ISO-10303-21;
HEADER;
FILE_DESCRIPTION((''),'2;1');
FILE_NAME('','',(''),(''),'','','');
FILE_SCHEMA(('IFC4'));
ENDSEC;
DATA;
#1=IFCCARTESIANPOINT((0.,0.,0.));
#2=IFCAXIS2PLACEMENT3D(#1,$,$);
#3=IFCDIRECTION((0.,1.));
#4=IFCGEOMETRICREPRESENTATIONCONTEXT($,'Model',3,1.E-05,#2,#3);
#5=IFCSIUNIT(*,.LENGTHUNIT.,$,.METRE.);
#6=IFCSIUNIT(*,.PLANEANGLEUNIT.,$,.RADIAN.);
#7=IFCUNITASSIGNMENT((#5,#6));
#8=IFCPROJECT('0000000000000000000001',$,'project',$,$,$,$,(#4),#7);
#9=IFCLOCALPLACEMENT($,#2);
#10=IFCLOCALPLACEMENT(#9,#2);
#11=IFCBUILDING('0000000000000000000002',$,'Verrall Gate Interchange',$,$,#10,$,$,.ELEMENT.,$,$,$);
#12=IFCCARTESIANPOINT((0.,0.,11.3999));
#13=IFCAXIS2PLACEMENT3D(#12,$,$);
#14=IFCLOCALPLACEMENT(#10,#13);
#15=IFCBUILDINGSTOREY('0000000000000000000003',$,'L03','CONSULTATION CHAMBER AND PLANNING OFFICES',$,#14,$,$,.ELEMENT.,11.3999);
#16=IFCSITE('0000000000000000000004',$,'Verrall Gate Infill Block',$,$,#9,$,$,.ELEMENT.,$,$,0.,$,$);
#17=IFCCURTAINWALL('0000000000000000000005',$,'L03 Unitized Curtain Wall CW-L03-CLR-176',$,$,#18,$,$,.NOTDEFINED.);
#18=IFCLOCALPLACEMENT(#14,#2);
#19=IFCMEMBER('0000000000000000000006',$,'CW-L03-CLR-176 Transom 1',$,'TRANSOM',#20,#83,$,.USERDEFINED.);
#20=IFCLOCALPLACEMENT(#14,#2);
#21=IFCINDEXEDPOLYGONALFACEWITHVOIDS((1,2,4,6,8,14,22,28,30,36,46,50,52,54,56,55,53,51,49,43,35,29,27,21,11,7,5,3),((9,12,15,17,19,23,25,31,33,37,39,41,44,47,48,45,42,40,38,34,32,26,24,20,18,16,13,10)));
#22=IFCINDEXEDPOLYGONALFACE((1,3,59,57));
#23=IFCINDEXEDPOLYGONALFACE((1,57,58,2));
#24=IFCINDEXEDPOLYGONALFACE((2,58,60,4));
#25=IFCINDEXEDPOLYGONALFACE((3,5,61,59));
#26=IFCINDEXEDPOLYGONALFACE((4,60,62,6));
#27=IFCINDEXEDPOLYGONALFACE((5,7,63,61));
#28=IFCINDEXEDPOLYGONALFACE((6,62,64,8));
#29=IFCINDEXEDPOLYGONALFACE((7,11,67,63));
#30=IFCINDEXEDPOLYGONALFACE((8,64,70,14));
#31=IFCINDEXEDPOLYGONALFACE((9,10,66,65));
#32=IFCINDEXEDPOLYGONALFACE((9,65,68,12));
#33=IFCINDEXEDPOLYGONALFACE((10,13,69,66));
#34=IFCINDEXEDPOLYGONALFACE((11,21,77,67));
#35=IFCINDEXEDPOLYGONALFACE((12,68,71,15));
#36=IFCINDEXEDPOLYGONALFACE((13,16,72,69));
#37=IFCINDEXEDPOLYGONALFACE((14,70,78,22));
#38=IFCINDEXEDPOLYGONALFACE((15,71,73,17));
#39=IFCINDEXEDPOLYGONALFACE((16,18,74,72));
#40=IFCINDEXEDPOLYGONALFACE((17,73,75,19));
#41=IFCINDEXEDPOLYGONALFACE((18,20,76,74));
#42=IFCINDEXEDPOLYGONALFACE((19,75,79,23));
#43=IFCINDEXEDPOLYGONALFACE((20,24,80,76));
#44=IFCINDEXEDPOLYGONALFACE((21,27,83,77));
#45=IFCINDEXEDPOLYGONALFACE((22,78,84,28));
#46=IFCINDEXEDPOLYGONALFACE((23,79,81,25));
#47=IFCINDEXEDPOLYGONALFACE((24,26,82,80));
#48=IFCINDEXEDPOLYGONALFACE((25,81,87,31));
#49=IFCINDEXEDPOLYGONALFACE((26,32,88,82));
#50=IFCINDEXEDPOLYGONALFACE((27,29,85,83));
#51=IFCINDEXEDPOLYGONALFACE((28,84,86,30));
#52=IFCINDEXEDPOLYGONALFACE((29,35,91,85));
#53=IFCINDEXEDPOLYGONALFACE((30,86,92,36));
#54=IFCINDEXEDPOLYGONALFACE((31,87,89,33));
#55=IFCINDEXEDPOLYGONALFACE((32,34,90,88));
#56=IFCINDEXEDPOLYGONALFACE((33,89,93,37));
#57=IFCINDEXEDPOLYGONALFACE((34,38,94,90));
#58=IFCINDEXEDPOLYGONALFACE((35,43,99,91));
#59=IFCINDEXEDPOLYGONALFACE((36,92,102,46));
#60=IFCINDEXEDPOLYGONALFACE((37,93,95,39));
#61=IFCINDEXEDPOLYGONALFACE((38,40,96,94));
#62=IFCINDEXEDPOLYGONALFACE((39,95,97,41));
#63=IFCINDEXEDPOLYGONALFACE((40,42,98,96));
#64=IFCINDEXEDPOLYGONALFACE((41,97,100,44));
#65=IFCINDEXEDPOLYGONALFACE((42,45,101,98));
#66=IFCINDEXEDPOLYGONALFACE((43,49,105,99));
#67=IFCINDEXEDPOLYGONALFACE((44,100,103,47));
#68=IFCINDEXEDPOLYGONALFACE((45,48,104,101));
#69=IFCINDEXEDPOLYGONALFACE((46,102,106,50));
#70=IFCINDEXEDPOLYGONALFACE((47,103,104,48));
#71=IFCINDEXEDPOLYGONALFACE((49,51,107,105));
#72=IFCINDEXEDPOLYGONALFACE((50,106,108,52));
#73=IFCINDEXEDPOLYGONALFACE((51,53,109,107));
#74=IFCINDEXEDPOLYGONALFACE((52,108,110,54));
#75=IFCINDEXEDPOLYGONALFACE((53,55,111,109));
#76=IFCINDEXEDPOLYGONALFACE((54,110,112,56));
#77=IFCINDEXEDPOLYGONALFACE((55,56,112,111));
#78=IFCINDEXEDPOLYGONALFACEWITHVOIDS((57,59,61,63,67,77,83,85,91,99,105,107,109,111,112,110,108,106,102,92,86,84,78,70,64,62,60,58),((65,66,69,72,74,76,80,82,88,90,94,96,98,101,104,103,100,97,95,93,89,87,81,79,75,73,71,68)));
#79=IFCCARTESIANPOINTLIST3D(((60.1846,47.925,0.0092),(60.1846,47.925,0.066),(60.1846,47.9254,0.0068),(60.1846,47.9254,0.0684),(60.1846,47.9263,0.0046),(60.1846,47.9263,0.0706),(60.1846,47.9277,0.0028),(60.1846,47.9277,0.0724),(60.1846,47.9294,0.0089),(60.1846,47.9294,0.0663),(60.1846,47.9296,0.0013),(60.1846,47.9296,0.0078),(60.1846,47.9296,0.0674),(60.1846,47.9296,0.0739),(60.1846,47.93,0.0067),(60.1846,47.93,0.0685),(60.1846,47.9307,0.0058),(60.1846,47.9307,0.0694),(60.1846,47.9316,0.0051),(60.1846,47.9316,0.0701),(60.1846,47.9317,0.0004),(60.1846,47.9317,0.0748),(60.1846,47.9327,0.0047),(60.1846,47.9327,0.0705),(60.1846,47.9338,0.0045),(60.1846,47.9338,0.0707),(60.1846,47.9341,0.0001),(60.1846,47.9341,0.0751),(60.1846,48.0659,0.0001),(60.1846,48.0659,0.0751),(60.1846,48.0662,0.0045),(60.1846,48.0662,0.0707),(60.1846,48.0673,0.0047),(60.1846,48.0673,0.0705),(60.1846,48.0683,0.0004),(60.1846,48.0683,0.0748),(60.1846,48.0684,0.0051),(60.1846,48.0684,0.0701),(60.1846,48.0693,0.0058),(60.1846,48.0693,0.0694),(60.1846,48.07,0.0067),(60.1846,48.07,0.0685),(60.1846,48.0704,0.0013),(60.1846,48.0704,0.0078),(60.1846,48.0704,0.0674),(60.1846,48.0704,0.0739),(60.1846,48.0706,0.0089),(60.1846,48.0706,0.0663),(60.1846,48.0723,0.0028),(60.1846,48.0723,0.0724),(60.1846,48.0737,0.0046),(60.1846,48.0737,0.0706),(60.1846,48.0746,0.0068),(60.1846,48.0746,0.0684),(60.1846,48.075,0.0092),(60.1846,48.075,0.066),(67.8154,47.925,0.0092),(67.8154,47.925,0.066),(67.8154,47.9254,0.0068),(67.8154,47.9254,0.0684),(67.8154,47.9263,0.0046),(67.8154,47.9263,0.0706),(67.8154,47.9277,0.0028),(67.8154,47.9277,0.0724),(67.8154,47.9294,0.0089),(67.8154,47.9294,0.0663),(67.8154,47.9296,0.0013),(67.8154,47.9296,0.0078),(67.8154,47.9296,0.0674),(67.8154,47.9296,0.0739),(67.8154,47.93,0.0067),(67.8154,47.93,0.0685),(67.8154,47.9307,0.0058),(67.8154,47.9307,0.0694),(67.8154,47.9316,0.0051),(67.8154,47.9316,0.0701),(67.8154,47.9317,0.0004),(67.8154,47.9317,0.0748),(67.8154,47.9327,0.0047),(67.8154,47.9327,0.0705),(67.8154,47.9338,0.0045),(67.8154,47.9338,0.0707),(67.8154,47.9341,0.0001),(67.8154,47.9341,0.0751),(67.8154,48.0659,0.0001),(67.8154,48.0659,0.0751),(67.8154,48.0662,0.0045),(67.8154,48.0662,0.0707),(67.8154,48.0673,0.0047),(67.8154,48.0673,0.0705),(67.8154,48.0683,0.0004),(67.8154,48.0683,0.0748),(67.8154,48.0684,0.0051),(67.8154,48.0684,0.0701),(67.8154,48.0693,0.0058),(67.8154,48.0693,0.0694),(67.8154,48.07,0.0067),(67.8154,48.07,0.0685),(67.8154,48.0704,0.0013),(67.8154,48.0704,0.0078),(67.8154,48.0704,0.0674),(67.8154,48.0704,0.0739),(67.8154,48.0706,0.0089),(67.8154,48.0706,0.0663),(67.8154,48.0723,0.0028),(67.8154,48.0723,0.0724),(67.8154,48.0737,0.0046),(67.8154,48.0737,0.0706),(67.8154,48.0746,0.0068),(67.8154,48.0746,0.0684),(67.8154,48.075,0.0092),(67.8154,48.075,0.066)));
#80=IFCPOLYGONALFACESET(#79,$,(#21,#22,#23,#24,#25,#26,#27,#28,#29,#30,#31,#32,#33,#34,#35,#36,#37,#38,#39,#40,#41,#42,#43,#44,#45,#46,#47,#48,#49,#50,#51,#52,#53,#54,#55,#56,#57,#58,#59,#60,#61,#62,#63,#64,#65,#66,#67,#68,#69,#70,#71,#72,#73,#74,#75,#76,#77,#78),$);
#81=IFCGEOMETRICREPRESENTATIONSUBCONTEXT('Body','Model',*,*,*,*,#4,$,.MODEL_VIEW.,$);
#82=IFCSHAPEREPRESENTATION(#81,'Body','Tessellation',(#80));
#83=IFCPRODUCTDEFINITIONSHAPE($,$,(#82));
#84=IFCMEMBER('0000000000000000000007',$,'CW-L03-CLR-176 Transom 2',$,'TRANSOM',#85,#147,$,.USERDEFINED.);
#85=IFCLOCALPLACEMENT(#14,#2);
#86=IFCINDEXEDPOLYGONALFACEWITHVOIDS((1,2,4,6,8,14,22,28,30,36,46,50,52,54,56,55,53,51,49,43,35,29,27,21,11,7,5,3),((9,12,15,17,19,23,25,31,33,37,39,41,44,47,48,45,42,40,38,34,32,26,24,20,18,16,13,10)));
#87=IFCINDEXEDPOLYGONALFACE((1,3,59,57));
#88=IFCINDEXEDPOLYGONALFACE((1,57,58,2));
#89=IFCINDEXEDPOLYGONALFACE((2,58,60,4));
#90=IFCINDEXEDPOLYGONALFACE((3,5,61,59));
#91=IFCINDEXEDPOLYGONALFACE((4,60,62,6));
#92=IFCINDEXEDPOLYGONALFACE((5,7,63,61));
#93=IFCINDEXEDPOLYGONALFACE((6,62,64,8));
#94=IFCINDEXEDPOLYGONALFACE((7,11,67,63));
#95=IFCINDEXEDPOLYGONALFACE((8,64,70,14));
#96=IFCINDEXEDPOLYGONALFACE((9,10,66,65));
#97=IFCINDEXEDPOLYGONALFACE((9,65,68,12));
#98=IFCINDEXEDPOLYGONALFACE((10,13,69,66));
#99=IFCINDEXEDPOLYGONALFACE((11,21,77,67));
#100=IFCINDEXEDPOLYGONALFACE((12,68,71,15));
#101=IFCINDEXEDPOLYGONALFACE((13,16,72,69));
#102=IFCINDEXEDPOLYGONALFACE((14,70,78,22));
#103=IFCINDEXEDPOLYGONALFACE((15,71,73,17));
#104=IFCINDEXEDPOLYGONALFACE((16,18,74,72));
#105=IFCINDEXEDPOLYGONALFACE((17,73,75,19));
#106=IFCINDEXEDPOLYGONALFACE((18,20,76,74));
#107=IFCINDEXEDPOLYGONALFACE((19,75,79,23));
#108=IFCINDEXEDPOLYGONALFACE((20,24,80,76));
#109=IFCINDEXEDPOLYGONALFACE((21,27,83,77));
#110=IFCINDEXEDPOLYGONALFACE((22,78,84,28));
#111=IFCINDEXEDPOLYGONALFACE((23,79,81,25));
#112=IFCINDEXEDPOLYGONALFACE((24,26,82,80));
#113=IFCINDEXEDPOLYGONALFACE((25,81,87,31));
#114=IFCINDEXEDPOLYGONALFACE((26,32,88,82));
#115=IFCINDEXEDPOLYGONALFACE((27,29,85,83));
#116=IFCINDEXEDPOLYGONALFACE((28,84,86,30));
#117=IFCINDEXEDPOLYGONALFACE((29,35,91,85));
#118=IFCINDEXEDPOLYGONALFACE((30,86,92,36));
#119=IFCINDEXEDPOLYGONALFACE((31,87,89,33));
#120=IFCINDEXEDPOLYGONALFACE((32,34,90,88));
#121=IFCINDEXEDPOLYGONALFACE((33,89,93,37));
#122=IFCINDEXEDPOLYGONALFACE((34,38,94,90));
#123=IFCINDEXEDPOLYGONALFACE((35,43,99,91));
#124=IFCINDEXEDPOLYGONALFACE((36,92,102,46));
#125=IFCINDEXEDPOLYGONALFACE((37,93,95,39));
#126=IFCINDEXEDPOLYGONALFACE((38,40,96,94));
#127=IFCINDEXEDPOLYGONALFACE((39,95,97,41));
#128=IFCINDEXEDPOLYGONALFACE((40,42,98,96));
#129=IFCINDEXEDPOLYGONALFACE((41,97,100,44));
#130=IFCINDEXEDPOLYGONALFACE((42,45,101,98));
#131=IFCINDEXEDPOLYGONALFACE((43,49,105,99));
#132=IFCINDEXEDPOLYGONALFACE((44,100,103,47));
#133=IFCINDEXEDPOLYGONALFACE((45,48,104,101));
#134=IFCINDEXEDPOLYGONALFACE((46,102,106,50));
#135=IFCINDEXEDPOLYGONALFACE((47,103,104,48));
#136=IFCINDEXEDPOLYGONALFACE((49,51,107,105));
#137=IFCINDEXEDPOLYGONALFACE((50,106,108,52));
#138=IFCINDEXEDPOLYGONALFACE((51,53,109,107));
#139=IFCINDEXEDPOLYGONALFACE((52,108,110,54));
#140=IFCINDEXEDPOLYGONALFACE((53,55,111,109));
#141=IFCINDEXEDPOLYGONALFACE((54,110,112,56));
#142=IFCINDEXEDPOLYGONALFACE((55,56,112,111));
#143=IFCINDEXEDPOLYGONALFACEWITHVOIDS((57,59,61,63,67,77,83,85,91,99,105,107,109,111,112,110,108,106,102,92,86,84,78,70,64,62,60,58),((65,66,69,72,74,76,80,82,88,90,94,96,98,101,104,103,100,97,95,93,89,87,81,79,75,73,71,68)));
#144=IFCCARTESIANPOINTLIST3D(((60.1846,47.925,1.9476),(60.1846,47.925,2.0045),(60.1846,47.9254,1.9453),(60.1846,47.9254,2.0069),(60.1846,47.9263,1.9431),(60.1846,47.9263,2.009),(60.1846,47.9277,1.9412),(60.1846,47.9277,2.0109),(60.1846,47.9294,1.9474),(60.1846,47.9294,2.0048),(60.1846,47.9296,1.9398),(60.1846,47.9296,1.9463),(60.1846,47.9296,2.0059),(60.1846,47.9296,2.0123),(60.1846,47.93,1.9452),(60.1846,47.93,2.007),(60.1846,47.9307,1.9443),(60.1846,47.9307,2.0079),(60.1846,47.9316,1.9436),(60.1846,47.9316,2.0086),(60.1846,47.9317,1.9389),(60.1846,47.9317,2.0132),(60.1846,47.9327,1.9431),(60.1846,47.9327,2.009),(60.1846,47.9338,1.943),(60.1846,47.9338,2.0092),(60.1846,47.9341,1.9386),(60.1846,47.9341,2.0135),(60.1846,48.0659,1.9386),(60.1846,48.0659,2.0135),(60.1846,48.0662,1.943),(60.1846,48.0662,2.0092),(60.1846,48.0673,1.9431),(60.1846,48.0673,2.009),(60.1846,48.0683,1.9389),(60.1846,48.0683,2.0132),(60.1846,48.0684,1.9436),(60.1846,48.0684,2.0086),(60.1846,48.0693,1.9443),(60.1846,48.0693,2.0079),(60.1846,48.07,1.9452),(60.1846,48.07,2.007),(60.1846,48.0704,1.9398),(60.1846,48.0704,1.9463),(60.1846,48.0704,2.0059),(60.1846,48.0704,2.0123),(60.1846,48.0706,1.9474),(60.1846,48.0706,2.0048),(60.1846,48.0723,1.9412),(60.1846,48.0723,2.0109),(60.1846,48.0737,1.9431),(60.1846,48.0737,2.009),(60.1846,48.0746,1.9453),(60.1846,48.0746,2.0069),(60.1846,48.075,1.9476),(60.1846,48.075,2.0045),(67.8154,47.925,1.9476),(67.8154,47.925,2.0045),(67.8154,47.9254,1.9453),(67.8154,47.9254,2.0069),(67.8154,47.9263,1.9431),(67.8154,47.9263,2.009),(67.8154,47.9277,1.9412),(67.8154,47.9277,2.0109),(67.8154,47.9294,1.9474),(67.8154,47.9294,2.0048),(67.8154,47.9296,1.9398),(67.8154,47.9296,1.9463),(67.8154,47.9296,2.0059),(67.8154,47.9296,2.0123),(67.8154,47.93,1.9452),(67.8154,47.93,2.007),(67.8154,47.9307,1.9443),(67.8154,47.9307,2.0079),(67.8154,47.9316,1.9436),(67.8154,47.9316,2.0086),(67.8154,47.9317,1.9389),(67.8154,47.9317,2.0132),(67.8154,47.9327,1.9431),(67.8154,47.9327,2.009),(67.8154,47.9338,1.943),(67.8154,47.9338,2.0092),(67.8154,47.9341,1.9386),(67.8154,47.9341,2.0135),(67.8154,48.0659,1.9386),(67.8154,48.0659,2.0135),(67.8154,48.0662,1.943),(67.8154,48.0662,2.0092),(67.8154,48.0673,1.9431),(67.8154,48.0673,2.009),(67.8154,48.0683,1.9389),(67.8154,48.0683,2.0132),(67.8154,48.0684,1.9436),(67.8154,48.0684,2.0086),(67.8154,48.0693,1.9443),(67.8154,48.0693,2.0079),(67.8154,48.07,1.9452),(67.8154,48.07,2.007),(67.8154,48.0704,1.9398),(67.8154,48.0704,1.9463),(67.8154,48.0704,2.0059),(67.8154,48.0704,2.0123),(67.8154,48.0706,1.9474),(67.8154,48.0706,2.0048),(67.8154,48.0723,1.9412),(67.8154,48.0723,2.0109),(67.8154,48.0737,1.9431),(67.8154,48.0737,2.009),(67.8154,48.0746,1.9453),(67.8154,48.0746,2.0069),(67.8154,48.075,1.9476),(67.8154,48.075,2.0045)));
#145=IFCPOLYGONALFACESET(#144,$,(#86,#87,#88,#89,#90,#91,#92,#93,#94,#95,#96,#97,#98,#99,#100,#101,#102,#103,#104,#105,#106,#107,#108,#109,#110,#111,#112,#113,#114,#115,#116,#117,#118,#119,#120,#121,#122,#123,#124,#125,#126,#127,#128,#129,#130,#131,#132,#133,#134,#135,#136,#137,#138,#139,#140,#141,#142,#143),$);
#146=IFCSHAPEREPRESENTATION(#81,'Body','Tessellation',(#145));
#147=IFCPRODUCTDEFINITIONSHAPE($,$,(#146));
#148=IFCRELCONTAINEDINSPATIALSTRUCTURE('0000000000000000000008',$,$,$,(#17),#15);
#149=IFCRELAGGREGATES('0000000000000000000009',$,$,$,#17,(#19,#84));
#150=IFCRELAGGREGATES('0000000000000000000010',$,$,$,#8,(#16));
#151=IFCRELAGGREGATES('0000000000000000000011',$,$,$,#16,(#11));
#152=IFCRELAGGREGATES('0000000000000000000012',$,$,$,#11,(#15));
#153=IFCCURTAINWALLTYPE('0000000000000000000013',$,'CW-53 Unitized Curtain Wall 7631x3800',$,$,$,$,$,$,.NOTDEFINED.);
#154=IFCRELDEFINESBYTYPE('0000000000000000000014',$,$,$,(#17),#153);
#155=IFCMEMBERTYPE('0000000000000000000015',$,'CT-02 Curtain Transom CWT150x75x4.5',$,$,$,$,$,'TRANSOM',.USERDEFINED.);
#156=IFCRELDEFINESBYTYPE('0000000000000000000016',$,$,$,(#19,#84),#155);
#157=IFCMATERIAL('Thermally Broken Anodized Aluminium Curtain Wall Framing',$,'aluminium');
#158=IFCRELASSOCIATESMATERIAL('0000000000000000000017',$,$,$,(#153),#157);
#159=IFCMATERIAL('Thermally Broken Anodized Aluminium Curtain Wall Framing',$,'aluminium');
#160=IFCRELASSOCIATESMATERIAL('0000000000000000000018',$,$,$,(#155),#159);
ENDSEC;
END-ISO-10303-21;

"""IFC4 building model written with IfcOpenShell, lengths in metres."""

from ifc_helpers import new_model, si_unit, direction, frame, origin, origin_2d, place, context, subcontext, project, spatial, hollow_rectangle, extrude, material, material_profile, profile_set, type_object, element, aggregate, save


model = new_model("IFC4")

# Units and contexts
model_context = context("Model", 3, precision=1e-05, world=origin(), true_north=direction((0.0, 1.0)))
body_context = subcontext(model_context, "Body", "Model", "MODEL_VIEW")
ifc_project = project(units=[si_unit("LENGTHUNIT", "METRE"), si_unit("PLANEANGLEUNIT", "RADIAN")], contexts=[model_context])

# Site, building, storey
site_placement = place(None, origin())
site = spatial("IfcSite", under=ifc_project, at=site_placement, Name="Verrall Gate Infill Block", CompositionType="ELEMENT", RefElevation=0.0)
building_placement = place(site_placement, origin())
building = spatial("IfcBuilding", under=site, at=building_placement, Name="Verrall Gate Interchange", CompositionType="ELEMENT")
storey_placement = place(building_placement, frame((0.0, 0.0, 11.3999)))
storey = spatial("IfcBuildingStorey", under=building, at=storey_placement, Name="L03", Description="CONSULTATION CHAMBER AND PLANNING OFFICES", CompositionType="ELEMENT", Elevation=11.3999)

# Curtain wall, members
ifc_material_1 = material(Name="Thermally Broken Anodized Aluminium Curtain Wall Framing", Category="aluminium")
curtain_wall_type = type_object("IfcCurtainWallType", Name="CW-53 Unitized Curtain Wall 7631x3800", PredefinedType="NOTDEFINED", material=ifc_material_1)
curtain_wall_1_placement = place(storey_placement, origin())
curtain_wall_1 = element("IfcCurtainWall", 1, at=curtain_wall_1_placement, inside=storey, type_object=curtain_wall_type, Name="L03 Unitized Curtain Wall CW-L03-CLR-176", PredefinedType="NOTDEFINED")
ifc_material_2 = material(Name="Thermally Broken Anodized Aluminium Curtain Wall Framing", Category="aluminium")
ifc_material_profile_1 = material_profile(ifc_material_2, hollow_rectangle(XDim=0.1499, YDim=0.075, WallThickness=0.0044, InnerFilletRadius=0.0044, OuterFilletRadius=0.009, at=origin_2d()), Name="CWT150x75x4.5")
ifc_profile_set_1 = profile_set([ifc_material_profile_1], Name="Thermally Broken Anodized Aluminium Curtain Wall Framing")
member_type_1 = type_object("IfcMemberType", Name="CT-02 Curtain Transom CWT150x75x4.5", ElementType="TRANSOM", PredefinedType="USERDEFINED", material=ifc_profile_set_1)
member_1_placement = place(storey_placement, frame((60.1846, 48.0, 0.0376), z_axis=(1.0, 0.0, 0.0), x_axis=(0.0, 1.0, 0.0)))
member_1 = element("IfcMember", 2, at=member_1_placement, type_object=member_type_1, Name="CW-L03-CLR-176 Transom 1", ObjectType="TRANSOM", PredefinedType="USERDEFINED", context=body_context, shape_type="SweptSolid", body=[
    extrude(hollow_rectangle(XDim=0.1499, YDim=0.075, WallThickness=0.0044, InnerFilletRadius=0.0044, OuterFilletRadius=0.009, at=origin_2d()), origin(), (0.0, 0.0, 1.0), 7.6309),
])
member_2_placement = place(storey_placement, frame((60.1846, 48.0, 1.9761), z_axis=(1.0, 0.0, 0.0), x_axis=(0.0, 1.0, 0.0)))
member_2 = element("IfcMember", 3, at=member_2_placement, type_object=member_type_1, Name="CW-L03-CLR-176 Transom 2", ObjectType="TRANSOM", PredefinedType="USERDEFINED", context=body_context, shape_type="SweptSolid", body=[
    extrude(hollow_rectangle(XDim=0.1499, YDim=0.075, WallThickness=0.0044, InnerFilletRadius=0.0044, OuterFilletRadius=0.009, at=origin_2d()), origin(), (0.0, 0.0, 1.0), 7.6309),
])

aggregate(curtain_wall_1, [member_1, member_2])

save(model, "model.ifc")
